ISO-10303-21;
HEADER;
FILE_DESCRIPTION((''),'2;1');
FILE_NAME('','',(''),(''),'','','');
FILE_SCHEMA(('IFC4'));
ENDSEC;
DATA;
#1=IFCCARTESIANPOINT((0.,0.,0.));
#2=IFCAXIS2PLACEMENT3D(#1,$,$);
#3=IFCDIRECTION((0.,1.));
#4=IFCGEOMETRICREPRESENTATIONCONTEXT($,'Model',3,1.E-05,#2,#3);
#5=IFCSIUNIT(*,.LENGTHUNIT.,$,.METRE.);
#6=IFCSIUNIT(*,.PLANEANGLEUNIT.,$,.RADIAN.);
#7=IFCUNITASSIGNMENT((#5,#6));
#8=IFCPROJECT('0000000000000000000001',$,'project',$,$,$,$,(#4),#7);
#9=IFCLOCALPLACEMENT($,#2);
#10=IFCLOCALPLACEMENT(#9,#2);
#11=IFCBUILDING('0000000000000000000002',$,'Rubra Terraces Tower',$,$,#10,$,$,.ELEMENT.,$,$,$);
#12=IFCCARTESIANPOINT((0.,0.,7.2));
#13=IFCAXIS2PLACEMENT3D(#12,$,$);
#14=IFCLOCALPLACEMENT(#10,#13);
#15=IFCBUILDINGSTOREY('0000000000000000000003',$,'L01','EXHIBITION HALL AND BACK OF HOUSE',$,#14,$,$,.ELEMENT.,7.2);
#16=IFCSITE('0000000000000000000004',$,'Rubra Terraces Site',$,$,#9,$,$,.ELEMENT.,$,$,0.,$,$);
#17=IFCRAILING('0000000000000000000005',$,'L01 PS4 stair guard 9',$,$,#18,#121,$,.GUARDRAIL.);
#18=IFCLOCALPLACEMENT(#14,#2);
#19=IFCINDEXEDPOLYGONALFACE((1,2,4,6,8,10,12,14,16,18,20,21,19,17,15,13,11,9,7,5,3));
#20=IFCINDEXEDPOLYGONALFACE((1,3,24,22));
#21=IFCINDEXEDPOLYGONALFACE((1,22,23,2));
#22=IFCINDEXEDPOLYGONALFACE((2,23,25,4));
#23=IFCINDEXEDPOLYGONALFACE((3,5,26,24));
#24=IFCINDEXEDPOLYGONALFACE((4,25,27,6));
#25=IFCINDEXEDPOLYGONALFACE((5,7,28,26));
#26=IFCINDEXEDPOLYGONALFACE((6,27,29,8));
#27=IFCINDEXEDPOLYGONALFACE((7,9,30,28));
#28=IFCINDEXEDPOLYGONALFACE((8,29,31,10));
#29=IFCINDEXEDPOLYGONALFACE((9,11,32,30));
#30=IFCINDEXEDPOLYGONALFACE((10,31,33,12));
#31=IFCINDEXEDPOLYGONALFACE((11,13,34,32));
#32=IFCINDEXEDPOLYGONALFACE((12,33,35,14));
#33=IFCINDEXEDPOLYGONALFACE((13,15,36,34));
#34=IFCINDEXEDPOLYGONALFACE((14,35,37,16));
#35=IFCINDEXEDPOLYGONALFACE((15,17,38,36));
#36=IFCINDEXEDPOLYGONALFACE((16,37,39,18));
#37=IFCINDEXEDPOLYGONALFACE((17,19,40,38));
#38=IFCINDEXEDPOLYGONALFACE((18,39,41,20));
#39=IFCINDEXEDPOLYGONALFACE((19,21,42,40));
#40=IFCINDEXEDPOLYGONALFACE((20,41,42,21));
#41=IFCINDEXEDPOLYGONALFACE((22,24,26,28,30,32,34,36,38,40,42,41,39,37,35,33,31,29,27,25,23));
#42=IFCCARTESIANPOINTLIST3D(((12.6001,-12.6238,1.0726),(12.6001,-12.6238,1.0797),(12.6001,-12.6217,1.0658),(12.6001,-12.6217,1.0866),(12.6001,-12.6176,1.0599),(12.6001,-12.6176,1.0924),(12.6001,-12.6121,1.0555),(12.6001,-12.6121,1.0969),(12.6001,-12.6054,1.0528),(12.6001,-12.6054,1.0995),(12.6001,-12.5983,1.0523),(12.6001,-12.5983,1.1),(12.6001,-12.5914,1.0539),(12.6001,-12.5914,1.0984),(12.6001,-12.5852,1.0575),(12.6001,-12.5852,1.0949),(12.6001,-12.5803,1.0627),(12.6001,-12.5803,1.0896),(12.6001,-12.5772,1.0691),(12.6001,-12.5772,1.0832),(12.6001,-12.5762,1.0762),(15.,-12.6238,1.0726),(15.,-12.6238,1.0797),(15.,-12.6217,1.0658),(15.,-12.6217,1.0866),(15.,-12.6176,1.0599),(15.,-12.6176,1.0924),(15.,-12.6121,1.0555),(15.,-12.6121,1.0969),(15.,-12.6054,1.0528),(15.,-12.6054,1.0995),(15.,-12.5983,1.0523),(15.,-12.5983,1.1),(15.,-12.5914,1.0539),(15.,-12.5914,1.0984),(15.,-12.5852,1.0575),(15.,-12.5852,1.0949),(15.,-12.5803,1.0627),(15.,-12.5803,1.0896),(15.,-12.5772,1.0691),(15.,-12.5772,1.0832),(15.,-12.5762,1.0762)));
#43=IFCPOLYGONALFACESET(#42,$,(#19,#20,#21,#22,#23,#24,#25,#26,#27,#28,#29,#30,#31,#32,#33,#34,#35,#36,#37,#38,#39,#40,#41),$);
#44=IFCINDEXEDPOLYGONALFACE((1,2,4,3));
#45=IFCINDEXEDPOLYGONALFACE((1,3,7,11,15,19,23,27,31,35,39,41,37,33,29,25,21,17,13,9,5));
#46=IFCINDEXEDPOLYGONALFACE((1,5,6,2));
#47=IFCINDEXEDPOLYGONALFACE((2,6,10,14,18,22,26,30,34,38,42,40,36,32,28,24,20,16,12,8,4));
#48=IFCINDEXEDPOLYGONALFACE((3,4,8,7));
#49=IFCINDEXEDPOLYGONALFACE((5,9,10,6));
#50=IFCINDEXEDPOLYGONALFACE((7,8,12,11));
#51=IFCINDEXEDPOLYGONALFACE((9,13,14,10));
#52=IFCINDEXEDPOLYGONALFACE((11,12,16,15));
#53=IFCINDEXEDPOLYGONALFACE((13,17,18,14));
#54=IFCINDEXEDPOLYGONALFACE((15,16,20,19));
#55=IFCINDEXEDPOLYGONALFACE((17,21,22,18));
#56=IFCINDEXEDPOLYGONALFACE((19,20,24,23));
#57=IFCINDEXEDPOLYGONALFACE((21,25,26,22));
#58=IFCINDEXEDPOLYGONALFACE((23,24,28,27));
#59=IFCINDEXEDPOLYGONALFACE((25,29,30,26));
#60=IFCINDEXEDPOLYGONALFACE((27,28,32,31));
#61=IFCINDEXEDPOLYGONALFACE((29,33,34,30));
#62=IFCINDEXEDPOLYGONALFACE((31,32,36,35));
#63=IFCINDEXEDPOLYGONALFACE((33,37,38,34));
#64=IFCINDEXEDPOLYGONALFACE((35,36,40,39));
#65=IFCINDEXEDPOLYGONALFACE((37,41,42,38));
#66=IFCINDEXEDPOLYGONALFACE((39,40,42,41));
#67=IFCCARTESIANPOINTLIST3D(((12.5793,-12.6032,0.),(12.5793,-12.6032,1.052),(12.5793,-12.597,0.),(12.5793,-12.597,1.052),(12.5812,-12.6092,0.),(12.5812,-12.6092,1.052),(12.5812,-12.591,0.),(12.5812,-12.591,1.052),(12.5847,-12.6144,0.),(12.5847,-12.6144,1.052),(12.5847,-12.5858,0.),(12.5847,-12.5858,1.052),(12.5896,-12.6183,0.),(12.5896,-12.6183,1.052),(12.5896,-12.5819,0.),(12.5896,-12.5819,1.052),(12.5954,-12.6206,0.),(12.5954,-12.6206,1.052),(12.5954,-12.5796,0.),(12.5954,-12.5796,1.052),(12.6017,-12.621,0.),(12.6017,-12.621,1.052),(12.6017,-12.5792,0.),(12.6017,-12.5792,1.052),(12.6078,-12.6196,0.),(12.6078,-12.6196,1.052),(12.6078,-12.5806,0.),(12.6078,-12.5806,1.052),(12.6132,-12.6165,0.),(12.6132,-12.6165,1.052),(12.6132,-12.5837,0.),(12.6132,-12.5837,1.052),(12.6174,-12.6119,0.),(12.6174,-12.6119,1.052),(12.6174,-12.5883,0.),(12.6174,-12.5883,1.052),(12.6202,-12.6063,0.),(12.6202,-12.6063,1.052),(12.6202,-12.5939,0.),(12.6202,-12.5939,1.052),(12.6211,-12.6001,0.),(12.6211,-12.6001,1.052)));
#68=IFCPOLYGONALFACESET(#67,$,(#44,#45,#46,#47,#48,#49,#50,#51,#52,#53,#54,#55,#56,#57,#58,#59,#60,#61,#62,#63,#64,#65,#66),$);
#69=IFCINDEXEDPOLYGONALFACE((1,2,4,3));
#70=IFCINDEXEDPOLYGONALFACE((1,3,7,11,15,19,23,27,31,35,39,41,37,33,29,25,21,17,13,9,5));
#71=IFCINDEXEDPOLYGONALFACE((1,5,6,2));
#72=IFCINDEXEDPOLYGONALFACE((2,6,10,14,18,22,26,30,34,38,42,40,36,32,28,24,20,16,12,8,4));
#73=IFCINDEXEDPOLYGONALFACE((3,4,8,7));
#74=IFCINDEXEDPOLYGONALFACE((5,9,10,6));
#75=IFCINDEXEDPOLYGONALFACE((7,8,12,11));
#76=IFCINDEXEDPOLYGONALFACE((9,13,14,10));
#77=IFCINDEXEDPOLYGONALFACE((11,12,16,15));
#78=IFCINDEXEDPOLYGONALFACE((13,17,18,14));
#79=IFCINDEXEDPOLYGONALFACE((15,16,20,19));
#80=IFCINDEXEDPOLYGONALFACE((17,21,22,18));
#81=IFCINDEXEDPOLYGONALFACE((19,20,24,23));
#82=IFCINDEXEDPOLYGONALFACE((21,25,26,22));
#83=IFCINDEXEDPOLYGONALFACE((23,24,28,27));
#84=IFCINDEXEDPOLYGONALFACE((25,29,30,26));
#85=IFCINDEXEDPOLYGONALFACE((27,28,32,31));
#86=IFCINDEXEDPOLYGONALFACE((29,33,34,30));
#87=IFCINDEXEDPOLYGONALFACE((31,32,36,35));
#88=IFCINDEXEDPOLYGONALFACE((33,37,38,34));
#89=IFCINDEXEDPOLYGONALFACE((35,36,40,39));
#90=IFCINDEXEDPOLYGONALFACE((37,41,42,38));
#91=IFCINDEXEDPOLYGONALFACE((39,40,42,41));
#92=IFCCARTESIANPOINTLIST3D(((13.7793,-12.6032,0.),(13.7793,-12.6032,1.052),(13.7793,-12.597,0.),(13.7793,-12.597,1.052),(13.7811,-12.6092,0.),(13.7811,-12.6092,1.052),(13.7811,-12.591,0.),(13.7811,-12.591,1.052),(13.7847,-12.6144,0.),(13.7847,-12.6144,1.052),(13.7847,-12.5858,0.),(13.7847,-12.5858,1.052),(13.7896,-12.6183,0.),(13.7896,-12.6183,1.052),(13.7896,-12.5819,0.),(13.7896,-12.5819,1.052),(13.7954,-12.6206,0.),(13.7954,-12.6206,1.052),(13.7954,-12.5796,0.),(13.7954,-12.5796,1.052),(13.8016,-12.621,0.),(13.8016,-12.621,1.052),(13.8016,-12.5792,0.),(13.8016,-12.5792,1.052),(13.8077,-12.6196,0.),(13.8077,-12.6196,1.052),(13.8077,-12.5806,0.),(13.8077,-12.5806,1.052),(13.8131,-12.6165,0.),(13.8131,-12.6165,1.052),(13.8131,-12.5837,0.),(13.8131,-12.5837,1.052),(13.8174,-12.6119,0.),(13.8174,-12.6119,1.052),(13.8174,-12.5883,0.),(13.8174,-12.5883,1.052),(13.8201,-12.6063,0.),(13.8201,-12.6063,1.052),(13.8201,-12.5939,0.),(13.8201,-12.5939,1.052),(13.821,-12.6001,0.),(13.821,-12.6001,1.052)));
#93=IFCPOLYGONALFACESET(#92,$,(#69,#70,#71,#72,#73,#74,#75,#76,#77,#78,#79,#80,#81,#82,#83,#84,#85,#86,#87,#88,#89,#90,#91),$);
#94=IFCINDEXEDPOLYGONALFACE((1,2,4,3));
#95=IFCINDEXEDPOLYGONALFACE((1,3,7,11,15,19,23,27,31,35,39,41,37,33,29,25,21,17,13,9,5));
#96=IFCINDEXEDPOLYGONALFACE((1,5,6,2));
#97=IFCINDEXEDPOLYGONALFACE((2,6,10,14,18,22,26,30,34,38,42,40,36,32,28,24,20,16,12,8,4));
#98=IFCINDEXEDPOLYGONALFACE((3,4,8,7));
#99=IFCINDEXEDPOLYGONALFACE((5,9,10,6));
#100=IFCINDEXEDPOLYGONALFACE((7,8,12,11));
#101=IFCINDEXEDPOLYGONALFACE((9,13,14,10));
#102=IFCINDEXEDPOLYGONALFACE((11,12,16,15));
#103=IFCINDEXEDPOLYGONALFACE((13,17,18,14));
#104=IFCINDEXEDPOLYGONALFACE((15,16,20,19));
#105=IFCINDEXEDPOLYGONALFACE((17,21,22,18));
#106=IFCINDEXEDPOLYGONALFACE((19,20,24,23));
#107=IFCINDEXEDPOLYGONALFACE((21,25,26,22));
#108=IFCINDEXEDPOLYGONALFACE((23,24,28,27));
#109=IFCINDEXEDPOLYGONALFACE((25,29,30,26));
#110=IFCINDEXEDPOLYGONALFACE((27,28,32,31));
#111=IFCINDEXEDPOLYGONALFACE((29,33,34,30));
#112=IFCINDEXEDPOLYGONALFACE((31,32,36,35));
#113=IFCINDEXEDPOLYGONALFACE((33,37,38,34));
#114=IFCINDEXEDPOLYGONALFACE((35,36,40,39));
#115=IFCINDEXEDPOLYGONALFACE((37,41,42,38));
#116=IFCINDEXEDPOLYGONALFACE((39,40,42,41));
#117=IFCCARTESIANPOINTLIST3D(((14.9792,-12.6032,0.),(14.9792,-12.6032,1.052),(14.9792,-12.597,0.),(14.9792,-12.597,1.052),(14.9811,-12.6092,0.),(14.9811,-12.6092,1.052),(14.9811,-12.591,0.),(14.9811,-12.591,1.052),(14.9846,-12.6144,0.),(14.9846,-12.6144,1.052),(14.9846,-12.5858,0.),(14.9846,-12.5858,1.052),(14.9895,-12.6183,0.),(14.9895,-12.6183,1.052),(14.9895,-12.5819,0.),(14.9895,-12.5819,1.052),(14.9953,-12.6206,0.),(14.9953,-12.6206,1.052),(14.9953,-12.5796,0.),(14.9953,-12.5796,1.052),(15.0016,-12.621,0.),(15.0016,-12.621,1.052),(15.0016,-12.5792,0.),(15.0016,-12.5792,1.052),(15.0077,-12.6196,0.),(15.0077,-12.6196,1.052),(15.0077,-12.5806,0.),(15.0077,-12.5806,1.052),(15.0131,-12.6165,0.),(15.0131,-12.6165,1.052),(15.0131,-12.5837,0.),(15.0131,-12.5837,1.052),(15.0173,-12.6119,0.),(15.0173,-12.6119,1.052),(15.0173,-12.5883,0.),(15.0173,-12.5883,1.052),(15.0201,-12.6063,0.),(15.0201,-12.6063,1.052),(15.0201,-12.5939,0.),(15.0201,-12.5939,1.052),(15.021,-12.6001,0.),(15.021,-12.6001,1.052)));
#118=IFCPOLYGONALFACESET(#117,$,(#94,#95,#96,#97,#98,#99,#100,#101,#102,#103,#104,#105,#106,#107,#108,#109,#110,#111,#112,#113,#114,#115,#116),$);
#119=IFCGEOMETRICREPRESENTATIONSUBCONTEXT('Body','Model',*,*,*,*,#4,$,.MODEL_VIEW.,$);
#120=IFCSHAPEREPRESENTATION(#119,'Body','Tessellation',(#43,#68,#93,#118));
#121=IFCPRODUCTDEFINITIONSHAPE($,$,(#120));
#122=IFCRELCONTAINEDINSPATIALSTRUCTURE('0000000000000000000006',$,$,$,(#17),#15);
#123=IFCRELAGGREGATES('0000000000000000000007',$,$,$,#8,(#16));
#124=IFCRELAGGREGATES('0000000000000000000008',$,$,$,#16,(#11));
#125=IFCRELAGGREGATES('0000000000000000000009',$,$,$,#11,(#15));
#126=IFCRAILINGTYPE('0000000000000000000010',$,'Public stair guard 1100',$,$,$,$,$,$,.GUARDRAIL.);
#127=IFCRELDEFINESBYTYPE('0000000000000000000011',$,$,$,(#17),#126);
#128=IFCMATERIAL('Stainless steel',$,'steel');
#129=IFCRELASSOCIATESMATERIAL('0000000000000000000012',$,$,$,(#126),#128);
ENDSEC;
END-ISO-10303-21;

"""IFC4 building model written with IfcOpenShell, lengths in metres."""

from ifc_helpers import new_model, si_unit, direction, frame, origin, origin_2d, place, context, subcontext, project, spatial, circle, extrude, material, type_object, element, save


model = new_model("IFC4")

# Units and contexts
model_context = context("Model", 3, precision=1e-05, world=origin(), true_north=direction((0.0, 1.0)))
body_context = subcontext(model_context, "Body", "Model", "MODEL_VIEW")
ifc_project = project(units=[si_unit("LENGTHUNIT", "METRE"), si_unit("PLANEANGLEUNIT", "RADIAN")], contexts=[model_context])

# Site, building, storey
site_placement = place(None, origin())
site = spatial("IfcSite", under=ifc_project, at=site_placement, Name="Rubra Terraces Site", CompositionType="ELEMENT", RefElevation=0.0)
building_placement = place(site_placement, origin())
building = spatial("IfcBuilding", under=site, at=building_placement, Name="Rubra Terraces Tower", CompositionType="ELEMENT")
storey_placement = place(building_placement, frame((0.0, 0.0, 7.2)))
storey = spatial("IfcBuildingStorey", under=building, at=storey_placement, Name="L01", Description="EXHIBITION HALL AND BACK OF HOUSE", CompositionType="ELEMENT", Elevation=7.2)

# Railing
ifc_material_1 = material(Name="Stainless steel", Category="steel")
railing_type_1 = type_object("IfcRailingType", Name="Public stair guard 1100", PredefinedType="GUARDRAIL", material=ifc_material_1)
for number, where, name in (
    (1, (12.6001, -12.6001, 0.0), "L01 PS4 stair guard 9"),
):
    element("IfcRailing", number, at=place(storey_placement, frame(where)), inside=storey, type_object=railing_type_1, Name=name, PredefinedType="GUARDRAIL", context=body_context, shape_type="SweptSolid", body=[
        extrude(circle(Radius=0.0239, at=origin_2d()), frame((0.0, 0.0, 1.0762), z_axis=(1.0, 0.0, 0.0), x_axis=(0.0, 1.0, 0.0)), (0.0, 0.0, 1.0), 2.3999),
        extrude(circle(Radius=0.021, at=origin_2d()), origin(), (0.0, 0.0, 1.0), 1.052),
        extrude(circle(Radius=0.021, at=origin_2d()), frame((1.2, 0.0, 0.0)), (0.0, 0.0, 1.0), 1.052),
        extrude(circle(Radius=0.021, at=origin_2d()), frame((2.3999, 0.0, 0.0)), (0.0, 0.0, 1.0), 1.052),
    ])

save(model, "model.ifc")
